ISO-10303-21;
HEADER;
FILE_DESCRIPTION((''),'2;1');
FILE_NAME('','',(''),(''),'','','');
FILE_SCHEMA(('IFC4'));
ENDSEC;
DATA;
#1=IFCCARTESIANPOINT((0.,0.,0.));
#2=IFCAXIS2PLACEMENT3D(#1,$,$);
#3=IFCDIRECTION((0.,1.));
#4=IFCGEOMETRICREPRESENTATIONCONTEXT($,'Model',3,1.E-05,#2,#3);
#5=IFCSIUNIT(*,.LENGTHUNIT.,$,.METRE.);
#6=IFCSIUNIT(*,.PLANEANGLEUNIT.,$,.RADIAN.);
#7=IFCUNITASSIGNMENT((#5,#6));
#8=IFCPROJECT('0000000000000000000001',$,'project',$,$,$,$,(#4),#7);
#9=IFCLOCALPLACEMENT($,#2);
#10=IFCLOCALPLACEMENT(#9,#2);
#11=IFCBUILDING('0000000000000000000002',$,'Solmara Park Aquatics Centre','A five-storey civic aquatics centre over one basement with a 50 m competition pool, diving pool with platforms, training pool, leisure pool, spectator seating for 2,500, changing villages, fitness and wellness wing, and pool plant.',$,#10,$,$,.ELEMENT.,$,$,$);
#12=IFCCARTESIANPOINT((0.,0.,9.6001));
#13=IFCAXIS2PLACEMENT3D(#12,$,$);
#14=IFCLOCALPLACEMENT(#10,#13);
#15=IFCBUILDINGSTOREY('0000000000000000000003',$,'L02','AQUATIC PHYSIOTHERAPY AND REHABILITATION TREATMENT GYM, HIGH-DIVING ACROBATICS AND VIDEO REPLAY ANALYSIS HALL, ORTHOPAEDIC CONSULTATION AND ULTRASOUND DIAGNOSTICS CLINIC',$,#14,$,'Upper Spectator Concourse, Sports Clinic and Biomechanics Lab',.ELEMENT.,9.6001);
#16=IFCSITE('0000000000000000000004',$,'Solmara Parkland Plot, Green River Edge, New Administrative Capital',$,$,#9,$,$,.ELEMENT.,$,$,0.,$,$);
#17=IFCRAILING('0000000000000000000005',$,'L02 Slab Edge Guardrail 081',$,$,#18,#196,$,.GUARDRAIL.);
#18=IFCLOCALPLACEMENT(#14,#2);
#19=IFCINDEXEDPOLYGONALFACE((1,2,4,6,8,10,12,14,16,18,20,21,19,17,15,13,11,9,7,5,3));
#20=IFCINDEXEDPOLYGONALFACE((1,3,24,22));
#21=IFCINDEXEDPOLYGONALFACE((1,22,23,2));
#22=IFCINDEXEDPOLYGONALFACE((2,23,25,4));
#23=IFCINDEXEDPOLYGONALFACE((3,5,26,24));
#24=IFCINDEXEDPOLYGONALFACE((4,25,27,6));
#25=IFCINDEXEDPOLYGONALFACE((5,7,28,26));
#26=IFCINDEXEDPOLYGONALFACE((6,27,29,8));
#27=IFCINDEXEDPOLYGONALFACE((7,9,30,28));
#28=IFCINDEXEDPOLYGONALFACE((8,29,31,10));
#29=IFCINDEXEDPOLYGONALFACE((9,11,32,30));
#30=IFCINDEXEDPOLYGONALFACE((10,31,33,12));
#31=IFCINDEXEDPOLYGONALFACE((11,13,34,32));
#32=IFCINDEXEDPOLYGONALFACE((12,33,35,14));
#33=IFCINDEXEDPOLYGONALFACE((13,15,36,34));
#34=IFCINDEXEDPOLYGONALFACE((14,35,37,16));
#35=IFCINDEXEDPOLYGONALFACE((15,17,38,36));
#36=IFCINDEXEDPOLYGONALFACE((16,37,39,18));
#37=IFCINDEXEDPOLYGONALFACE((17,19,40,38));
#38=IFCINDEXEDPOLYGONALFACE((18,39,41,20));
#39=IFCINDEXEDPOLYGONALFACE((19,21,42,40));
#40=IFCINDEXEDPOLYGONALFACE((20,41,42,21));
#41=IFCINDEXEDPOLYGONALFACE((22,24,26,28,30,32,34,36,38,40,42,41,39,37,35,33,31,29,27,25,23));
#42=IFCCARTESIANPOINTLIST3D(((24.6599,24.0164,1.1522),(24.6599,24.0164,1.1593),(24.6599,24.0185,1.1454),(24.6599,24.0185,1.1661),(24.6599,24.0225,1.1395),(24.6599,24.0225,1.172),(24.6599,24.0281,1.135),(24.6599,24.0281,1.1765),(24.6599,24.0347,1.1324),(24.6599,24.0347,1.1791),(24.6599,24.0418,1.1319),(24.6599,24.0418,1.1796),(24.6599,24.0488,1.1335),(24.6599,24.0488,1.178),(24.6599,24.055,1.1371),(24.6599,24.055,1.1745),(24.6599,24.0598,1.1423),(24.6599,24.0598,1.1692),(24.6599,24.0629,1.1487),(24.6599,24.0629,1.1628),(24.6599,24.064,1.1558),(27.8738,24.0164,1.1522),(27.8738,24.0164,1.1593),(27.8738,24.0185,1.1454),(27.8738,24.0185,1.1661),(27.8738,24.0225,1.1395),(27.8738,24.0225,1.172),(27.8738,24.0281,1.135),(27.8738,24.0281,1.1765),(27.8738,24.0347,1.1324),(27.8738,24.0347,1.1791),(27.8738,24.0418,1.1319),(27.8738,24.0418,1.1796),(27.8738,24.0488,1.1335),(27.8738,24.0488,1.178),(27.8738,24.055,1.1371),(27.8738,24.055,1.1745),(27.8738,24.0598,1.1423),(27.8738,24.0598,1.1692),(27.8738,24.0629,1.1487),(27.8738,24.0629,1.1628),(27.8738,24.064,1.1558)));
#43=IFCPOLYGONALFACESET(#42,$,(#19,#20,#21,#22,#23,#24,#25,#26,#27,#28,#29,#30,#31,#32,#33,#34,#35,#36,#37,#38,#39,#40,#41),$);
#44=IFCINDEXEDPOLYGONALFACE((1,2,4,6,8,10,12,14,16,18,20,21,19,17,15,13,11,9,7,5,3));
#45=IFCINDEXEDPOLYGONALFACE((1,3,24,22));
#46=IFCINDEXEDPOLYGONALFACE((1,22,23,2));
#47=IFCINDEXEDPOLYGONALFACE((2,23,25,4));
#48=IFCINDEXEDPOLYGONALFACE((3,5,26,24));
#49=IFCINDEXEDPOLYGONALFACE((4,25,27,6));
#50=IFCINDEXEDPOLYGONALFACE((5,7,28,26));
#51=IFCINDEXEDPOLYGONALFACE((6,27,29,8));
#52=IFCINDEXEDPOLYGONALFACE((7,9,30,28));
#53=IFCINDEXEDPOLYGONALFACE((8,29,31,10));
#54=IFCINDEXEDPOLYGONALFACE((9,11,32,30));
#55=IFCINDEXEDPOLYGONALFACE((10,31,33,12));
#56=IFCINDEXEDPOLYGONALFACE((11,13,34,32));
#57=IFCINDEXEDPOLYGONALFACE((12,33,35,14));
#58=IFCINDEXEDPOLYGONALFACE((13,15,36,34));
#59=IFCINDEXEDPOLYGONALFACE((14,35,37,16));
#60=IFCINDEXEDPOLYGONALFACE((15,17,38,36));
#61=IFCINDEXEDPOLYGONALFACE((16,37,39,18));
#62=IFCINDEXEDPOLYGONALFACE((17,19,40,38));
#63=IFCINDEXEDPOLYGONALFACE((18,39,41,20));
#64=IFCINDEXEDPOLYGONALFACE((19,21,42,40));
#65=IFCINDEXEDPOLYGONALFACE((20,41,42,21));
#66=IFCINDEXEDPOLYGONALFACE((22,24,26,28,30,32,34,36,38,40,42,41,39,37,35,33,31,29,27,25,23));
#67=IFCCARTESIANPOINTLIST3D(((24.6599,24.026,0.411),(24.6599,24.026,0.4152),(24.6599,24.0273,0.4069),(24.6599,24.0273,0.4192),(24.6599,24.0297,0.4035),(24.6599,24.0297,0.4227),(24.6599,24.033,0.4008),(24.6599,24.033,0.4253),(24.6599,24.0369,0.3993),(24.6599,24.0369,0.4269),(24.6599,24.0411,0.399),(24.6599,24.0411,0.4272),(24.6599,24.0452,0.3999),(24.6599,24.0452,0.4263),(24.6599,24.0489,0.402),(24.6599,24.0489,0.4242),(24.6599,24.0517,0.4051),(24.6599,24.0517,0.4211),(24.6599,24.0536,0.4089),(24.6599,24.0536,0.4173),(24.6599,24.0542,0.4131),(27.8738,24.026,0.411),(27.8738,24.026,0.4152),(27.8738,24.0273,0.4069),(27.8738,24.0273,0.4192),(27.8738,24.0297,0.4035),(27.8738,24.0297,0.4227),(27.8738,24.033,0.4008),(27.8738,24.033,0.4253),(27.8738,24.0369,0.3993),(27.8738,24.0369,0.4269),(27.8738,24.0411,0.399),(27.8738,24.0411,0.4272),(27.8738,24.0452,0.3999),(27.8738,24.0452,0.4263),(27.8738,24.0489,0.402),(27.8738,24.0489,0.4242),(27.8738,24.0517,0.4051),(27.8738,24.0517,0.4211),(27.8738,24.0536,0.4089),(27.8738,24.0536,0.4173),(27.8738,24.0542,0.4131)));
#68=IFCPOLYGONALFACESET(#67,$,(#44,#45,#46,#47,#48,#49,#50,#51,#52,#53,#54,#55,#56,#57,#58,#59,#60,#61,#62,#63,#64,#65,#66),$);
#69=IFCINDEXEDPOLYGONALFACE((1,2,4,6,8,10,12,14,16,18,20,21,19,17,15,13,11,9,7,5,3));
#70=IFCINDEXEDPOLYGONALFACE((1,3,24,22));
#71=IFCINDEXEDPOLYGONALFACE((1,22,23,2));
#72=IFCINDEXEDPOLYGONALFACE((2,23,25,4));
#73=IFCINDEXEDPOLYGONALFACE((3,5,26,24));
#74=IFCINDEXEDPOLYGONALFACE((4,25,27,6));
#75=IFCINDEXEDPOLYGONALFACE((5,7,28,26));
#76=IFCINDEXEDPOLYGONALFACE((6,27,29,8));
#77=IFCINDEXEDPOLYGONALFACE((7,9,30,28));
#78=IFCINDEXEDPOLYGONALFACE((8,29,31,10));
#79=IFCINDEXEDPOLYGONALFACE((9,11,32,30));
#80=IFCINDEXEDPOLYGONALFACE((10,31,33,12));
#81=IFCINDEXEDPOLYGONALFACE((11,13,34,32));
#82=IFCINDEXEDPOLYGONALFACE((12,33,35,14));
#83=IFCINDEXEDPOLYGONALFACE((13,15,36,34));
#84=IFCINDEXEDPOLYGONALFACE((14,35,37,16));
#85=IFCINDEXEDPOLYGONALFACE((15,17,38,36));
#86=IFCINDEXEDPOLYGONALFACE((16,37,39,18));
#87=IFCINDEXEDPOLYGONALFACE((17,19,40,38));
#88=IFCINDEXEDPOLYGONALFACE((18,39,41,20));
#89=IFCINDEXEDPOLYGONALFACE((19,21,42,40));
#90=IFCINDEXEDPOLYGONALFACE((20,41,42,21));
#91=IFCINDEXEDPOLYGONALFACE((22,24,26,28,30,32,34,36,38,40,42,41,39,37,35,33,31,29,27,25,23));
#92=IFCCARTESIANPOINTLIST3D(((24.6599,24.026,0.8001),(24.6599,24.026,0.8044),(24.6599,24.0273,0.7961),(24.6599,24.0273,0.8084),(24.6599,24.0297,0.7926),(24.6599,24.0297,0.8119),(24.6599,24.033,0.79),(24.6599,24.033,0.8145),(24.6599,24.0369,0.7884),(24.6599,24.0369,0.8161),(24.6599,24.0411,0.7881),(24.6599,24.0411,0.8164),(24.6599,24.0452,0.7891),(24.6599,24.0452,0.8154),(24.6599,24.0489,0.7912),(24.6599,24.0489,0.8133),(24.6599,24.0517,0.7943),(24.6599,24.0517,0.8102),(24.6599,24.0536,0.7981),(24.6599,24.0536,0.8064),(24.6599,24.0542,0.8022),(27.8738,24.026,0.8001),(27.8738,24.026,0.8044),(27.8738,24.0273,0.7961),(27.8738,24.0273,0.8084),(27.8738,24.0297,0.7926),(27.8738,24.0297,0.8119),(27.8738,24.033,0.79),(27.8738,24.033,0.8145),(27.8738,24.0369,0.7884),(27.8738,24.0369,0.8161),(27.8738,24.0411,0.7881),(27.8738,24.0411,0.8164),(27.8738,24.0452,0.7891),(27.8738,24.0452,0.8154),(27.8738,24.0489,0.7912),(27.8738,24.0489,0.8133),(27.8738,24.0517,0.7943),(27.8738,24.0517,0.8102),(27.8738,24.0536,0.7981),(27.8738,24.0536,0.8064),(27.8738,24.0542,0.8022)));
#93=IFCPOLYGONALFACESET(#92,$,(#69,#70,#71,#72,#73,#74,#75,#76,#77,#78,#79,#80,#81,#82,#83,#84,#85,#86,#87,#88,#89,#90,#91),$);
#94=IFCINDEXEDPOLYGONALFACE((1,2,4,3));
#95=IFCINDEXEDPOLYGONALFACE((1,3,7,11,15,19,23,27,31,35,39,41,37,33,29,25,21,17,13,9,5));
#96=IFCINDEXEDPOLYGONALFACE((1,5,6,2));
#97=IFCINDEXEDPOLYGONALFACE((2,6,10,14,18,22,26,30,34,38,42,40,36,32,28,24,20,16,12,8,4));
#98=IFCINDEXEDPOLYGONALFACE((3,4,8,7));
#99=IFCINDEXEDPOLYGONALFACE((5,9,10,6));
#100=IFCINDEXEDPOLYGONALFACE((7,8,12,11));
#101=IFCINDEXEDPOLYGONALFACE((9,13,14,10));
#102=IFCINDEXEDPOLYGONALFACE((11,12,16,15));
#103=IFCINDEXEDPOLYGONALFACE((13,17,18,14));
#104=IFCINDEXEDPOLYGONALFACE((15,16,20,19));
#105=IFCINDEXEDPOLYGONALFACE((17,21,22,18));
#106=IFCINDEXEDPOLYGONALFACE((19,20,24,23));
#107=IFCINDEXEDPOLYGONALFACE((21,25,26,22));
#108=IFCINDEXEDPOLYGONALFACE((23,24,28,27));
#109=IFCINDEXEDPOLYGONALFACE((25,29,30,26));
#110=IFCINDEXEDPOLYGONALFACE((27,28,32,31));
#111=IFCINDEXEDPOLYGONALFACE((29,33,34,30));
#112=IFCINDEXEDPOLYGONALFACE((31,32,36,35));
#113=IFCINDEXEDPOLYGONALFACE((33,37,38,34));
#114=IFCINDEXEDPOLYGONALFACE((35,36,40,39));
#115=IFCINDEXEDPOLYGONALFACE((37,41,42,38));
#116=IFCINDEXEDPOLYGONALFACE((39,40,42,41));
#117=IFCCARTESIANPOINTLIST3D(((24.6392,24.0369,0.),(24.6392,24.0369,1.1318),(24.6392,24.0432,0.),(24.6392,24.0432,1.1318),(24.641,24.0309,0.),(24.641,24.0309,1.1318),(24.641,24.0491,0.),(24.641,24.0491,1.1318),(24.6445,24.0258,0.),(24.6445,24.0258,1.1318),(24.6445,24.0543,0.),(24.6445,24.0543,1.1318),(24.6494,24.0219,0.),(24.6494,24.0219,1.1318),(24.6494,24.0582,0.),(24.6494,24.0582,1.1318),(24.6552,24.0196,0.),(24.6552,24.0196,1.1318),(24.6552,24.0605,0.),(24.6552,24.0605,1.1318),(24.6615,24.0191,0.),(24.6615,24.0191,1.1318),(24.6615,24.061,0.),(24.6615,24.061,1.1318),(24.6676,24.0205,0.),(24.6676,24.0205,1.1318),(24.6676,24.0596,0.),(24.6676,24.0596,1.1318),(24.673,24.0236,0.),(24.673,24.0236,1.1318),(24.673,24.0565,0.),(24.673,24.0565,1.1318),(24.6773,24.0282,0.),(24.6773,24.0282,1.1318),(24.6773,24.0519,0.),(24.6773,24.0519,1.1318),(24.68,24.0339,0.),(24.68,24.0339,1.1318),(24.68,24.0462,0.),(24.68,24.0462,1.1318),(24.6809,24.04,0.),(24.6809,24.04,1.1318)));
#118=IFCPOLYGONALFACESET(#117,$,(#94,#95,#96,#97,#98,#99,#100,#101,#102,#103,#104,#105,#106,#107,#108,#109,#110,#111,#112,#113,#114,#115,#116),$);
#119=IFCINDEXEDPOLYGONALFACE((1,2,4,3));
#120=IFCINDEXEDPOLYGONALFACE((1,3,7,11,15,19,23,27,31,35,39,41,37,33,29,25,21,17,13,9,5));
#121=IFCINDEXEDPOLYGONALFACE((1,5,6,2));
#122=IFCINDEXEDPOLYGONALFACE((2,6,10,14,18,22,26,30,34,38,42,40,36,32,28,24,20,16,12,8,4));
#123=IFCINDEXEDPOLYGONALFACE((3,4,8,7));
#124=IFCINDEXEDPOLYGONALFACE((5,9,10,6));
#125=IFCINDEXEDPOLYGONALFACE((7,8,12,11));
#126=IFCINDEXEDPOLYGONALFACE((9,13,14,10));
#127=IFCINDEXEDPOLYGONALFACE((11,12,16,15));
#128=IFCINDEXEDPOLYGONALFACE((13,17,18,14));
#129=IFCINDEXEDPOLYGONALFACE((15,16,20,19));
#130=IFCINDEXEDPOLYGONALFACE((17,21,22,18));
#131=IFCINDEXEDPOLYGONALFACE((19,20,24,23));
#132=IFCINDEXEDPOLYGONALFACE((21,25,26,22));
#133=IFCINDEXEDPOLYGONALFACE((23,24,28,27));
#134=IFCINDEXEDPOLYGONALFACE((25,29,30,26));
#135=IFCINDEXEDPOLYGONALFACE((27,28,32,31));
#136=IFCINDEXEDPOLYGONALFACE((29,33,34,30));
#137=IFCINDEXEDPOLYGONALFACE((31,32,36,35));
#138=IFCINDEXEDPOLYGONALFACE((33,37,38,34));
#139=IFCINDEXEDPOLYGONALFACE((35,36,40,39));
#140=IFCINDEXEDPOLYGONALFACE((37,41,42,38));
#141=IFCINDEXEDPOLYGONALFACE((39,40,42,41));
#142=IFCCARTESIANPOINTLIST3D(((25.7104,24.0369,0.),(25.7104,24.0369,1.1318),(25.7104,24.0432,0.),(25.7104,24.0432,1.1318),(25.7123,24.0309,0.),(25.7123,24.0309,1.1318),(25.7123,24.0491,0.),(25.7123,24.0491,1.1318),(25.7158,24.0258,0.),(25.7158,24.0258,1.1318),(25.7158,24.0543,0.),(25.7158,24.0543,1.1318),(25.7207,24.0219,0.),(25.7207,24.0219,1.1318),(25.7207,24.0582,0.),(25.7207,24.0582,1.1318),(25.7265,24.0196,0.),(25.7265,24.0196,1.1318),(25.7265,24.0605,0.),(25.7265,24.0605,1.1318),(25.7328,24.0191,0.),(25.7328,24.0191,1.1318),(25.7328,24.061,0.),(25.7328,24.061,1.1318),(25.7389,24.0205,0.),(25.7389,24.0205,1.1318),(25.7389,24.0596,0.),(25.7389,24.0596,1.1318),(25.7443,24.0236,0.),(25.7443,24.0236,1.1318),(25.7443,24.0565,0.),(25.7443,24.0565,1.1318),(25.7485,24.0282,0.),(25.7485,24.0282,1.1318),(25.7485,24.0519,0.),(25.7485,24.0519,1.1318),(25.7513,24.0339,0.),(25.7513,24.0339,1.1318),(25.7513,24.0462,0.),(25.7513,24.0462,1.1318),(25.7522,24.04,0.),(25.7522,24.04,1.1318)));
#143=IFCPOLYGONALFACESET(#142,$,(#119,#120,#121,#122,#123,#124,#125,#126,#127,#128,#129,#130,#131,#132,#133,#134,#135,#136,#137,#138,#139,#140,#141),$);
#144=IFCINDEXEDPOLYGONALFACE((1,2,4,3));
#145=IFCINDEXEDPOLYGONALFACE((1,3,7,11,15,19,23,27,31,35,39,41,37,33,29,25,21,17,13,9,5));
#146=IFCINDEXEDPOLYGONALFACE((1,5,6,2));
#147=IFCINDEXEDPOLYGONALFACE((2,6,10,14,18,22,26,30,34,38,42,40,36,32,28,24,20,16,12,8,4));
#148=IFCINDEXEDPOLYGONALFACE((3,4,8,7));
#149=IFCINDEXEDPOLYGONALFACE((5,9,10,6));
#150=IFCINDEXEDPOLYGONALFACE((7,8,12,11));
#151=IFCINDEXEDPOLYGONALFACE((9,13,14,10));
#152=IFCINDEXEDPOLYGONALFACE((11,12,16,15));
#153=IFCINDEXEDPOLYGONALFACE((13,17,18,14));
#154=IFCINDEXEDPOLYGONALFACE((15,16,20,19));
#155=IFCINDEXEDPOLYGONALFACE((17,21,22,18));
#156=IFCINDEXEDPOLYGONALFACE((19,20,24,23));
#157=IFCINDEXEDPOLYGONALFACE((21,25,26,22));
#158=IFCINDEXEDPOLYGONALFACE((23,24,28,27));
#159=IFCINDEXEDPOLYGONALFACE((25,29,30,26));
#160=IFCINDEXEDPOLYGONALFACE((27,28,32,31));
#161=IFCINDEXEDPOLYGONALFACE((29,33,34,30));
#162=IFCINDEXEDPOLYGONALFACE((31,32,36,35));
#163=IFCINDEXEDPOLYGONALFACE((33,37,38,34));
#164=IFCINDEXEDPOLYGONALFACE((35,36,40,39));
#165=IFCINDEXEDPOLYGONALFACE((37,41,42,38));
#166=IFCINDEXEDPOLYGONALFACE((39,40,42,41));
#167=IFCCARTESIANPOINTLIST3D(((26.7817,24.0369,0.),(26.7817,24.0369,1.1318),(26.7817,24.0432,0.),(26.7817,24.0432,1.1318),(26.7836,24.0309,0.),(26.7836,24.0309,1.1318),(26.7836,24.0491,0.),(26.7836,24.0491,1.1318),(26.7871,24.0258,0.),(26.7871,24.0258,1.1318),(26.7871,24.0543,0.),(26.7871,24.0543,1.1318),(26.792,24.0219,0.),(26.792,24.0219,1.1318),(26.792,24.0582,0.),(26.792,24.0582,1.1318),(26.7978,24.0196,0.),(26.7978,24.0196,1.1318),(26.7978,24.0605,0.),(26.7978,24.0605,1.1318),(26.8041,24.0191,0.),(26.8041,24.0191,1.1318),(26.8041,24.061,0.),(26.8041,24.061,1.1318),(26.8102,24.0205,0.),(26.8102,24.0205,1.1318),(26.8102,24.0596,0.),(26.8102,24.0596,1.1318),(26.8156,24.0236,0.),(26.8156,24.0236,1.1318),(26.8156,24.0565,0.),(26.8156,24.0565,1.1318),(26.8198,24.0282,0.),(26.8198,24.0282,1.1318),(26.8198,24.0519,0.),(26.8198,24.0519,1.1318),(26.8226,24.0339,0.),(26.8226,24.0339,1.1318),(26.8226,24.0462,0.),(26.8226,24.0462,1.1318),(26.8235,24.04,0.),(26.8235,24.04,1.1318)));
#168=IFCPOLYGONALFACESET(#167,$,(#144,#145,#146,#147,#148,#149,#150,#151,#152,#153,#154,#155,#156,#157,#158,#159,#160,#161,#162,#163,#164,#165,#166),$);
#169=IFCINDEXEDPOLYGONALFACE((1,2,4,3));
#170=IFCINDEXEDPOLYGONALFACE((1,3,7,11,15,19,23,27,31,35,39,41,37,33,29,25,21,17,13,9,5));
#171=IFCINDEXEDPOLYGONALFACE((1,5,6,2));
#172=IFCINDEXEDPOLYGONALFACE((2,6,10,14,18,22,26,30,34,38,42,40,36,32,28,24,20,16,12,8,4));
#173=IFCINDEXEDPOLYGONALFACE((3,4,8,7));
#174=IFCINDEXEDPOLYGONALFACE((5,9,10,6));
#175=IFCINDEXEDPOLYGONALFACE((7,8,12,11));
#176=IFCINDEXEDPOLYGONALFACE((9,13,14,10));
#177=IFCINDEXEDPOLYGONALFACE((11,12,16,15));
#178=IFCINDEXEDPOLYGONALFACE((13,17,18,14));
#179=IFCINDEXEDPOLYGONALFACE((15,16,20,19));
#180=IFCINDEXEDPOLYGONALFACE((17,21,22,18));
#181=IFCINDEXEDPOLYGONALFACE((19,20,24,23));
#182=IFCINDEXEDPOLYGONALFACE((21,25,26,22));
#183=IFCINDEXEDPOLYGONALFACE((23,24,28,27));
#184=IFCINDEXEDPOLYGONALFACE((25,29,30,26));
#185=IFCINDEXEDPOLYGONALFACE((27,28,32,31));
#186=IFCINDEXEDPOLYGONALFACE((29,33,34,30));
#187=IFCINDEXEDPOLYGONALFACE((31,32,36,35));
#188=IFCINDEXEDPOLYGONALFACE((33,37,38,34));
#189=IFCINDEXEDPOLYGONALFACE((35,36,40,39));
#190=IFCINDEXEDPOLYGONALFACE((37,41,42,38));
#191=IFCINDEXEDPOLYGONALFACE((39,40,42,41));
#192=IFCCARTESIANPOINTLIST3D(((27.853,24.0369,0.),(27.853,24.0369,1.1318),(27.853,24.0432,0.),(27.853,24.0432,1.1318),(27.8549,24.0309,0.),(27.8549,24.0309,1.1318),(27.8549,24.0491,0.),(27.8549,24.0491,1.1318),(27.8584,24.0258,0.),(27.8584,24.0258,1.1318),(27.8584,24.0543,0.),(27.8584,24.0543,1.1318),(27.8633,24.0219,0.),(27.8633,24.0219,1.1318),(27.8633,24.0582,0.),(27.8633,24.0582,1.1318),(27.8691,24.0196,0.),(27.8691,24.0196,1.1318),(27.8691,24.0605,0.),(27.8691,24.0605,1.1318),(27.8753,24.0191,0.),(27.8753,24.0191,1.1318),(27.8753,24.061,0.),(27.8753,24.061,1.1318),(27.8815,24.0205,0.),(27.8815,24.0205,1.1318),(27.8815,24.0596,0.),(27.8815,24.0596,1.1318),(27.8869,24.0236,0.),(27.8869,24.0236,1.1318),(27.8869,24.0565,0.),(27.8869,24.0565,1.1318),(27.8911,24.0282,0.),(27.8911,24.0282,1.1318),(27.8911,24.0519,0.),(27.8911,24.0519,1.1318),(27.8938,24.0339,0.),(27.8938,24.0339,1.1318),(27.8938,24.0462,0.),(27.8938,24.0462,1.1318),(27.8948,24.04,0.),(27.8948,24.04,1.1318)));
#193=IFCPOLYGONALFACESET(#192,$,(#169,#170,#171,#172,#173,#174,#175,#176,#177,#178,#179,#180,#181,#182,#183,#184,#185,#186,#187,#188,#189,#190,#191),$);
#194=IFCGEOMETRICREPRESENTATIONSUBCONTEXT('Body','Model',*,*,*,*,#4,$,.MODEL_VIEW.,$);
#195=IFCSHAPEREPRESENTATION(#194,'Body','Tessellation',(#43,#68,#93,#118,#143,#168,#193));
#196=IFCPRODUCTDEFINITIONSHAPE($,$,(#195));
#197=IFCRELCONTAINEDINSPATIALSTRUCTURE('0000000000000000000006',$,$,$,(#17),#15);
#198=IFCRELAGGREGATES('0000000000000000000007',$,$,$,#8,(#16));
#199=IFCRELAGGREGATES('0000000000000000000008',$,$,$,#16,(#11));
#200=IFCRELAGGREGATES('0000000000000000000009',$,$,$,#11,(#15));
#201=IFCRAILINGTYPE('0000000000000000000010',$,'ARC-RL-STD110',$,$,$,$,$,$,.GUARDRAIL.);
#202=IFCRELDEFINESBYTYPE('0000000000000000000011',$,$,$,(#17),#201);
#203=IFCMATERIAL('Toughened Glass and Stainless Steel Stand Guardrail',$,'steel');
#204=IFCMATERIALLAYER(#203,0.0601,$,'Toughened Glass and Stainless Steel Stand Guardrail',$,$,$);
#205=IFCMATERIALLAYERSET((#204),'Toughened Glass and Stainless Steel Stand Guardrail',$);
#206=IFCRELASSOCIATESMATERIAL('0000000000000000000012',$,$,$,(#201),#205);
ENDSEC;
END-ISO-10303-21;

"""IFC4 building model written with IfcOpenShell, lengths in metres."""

from ifc_helpers import new_model, si_unit, direction, frame, origin, origin_2d, place, context, subcontext, project, spatial, circle, extrude, material, layer, layer_set, type_object, element, save


model = new_model("IFC4")

# Units and contexts
model_context = context("Model", 3, precision=1e-05, world=origin(), true_north=direction((0.0, 1.0)))
body_context = subcontext(model_context, "Body", "Model", "MODEL_VIEW")
ifc_project = project(units=[si_unit("LENGTHUNIT", "METRE"), si_unit("PLANEANGLEUNIT", "RADIAN")], contexts=[model_context])

# Site, building, storey
site_placement = place(None, origin())
site = spatial("IfcSite", under=ifc_project, at=site_placement, Name="Solmara Parkland Plot, Green River Edge, New Administrative Capital", CompositionType="ELEMENT", RefElevation=0.0)
building_placement = place(site_placement, origin())
building = spatial("IfcBuilding", under=site, at=building_placement, Name="Solmara Park Aquatics Centre", Description="A five-storey civic aquatics centre over one basement with a 50 m competition pool, diving pool with platforms, training pool, leisure pool, spectator seating for 2,500, changing villages, fitness and wellness wing, and pool plant.", CompositionType="ELEMENT")
storey_placement = place(building_placement, frame((0.0, 0.0, 9.6001)))
storey = spatial("IfcBuildingStorey", under=building, at=storey_placement, Name="L02", Description="AQUATIC PHYSIOTHERAPY AND REHABILITATION TREATMENT GYM, HIGH-DIVING ACROBATICS AND VIDEO REPLAY ANALYSIS HALL, ORTHOPAEDIC CONSULTATION AND ULTRASOUND DIAGNOSTICS CLINIC", LongName="Upper Spectator Concourse, Sports Clinic and Biomechanics Lab", CompositionType="ELEMENT", Elevation=9.6001)

# Railing
ifc_material_1 = material(Name="Toughened Glass and Stainless Steel Stand Guardrail", Category="steel")
ifc_layer_1 = layer(ifc_material_1, 0.0601, Name="Toughened Glass and Stainless Steel Stand Guardrail")
ifc_layer_set_1 = layer_set([ifc_layer_1], Name="Toughened Glass and Stainless Steel Stand Guardrail")
railing_type_1 = type_object("IfcRailingType", Name="ARC-RL-STD110", PredefinedType="GUARDRAIL", material=ifc_layer_set_1)
railing_1_placement = place(storey_placement, frame((24.6599, 24.04, 0.0)))
element("IfcRailing", 1, at=railing_1_placement, inside=storey, type_object=railing_type_1, Name="L02 Slab Edge Guardrail 081", PredefinedType="GUARDRAIL", context=body_context, shape_type="SweptSolid", body=[
    extrude(circle(Radius=0.0239, at=origin_2d()), frame((0.0, 0.0, 1.1558), z_axis=(1.0, 0.0, 0.0), x_axis=(0.0, 1.0, 0.0)), (0.0, 0.0, 1.0), 3.2139),
    extrude(circle(Radius=0.0142, at=origin_2d()), frame((0.0, 0.0, 0.4131), z_axis=(1.0, 0.0, 0.0), x_axis=(0.0, 1.0, 0.0)), (0.0, 0.0, 1.0), 3.2139),
    extrude(circle(Radius=0.0142, at=origin_2d()), frame((0.0, 0.0, 0.8022), z_axis=(1.0, 0.0, 0.0), x_axis=(0.0, 1.0, 0.0)), (0.0, 0.0, 1.0), 3.2139),
    extrude(circle(Radius=0.021, at=origin_2d()), origin(), (0.0, 0.0, 1.0), 1.1318),
    extrude(circle(Radius=0.021, at=origin_2d()), frame((1.0713, 0.0, 0.0)), (0.0, 0.0, 1.0), 1.1318),
    extrude(circle(Radius=0.021, at=origin_2d()), frame((2.1426, 0.0, 0.0)), (0.0, 0.0, 1.0), 1.1318),
    extrude(circle(Radius=0.021, at=origin_2d()), frame((3.2139, 0.0, 0.0)), (0.0, 0.0, 1.0), 1.1318),
])

save(model, "model.ifc")
